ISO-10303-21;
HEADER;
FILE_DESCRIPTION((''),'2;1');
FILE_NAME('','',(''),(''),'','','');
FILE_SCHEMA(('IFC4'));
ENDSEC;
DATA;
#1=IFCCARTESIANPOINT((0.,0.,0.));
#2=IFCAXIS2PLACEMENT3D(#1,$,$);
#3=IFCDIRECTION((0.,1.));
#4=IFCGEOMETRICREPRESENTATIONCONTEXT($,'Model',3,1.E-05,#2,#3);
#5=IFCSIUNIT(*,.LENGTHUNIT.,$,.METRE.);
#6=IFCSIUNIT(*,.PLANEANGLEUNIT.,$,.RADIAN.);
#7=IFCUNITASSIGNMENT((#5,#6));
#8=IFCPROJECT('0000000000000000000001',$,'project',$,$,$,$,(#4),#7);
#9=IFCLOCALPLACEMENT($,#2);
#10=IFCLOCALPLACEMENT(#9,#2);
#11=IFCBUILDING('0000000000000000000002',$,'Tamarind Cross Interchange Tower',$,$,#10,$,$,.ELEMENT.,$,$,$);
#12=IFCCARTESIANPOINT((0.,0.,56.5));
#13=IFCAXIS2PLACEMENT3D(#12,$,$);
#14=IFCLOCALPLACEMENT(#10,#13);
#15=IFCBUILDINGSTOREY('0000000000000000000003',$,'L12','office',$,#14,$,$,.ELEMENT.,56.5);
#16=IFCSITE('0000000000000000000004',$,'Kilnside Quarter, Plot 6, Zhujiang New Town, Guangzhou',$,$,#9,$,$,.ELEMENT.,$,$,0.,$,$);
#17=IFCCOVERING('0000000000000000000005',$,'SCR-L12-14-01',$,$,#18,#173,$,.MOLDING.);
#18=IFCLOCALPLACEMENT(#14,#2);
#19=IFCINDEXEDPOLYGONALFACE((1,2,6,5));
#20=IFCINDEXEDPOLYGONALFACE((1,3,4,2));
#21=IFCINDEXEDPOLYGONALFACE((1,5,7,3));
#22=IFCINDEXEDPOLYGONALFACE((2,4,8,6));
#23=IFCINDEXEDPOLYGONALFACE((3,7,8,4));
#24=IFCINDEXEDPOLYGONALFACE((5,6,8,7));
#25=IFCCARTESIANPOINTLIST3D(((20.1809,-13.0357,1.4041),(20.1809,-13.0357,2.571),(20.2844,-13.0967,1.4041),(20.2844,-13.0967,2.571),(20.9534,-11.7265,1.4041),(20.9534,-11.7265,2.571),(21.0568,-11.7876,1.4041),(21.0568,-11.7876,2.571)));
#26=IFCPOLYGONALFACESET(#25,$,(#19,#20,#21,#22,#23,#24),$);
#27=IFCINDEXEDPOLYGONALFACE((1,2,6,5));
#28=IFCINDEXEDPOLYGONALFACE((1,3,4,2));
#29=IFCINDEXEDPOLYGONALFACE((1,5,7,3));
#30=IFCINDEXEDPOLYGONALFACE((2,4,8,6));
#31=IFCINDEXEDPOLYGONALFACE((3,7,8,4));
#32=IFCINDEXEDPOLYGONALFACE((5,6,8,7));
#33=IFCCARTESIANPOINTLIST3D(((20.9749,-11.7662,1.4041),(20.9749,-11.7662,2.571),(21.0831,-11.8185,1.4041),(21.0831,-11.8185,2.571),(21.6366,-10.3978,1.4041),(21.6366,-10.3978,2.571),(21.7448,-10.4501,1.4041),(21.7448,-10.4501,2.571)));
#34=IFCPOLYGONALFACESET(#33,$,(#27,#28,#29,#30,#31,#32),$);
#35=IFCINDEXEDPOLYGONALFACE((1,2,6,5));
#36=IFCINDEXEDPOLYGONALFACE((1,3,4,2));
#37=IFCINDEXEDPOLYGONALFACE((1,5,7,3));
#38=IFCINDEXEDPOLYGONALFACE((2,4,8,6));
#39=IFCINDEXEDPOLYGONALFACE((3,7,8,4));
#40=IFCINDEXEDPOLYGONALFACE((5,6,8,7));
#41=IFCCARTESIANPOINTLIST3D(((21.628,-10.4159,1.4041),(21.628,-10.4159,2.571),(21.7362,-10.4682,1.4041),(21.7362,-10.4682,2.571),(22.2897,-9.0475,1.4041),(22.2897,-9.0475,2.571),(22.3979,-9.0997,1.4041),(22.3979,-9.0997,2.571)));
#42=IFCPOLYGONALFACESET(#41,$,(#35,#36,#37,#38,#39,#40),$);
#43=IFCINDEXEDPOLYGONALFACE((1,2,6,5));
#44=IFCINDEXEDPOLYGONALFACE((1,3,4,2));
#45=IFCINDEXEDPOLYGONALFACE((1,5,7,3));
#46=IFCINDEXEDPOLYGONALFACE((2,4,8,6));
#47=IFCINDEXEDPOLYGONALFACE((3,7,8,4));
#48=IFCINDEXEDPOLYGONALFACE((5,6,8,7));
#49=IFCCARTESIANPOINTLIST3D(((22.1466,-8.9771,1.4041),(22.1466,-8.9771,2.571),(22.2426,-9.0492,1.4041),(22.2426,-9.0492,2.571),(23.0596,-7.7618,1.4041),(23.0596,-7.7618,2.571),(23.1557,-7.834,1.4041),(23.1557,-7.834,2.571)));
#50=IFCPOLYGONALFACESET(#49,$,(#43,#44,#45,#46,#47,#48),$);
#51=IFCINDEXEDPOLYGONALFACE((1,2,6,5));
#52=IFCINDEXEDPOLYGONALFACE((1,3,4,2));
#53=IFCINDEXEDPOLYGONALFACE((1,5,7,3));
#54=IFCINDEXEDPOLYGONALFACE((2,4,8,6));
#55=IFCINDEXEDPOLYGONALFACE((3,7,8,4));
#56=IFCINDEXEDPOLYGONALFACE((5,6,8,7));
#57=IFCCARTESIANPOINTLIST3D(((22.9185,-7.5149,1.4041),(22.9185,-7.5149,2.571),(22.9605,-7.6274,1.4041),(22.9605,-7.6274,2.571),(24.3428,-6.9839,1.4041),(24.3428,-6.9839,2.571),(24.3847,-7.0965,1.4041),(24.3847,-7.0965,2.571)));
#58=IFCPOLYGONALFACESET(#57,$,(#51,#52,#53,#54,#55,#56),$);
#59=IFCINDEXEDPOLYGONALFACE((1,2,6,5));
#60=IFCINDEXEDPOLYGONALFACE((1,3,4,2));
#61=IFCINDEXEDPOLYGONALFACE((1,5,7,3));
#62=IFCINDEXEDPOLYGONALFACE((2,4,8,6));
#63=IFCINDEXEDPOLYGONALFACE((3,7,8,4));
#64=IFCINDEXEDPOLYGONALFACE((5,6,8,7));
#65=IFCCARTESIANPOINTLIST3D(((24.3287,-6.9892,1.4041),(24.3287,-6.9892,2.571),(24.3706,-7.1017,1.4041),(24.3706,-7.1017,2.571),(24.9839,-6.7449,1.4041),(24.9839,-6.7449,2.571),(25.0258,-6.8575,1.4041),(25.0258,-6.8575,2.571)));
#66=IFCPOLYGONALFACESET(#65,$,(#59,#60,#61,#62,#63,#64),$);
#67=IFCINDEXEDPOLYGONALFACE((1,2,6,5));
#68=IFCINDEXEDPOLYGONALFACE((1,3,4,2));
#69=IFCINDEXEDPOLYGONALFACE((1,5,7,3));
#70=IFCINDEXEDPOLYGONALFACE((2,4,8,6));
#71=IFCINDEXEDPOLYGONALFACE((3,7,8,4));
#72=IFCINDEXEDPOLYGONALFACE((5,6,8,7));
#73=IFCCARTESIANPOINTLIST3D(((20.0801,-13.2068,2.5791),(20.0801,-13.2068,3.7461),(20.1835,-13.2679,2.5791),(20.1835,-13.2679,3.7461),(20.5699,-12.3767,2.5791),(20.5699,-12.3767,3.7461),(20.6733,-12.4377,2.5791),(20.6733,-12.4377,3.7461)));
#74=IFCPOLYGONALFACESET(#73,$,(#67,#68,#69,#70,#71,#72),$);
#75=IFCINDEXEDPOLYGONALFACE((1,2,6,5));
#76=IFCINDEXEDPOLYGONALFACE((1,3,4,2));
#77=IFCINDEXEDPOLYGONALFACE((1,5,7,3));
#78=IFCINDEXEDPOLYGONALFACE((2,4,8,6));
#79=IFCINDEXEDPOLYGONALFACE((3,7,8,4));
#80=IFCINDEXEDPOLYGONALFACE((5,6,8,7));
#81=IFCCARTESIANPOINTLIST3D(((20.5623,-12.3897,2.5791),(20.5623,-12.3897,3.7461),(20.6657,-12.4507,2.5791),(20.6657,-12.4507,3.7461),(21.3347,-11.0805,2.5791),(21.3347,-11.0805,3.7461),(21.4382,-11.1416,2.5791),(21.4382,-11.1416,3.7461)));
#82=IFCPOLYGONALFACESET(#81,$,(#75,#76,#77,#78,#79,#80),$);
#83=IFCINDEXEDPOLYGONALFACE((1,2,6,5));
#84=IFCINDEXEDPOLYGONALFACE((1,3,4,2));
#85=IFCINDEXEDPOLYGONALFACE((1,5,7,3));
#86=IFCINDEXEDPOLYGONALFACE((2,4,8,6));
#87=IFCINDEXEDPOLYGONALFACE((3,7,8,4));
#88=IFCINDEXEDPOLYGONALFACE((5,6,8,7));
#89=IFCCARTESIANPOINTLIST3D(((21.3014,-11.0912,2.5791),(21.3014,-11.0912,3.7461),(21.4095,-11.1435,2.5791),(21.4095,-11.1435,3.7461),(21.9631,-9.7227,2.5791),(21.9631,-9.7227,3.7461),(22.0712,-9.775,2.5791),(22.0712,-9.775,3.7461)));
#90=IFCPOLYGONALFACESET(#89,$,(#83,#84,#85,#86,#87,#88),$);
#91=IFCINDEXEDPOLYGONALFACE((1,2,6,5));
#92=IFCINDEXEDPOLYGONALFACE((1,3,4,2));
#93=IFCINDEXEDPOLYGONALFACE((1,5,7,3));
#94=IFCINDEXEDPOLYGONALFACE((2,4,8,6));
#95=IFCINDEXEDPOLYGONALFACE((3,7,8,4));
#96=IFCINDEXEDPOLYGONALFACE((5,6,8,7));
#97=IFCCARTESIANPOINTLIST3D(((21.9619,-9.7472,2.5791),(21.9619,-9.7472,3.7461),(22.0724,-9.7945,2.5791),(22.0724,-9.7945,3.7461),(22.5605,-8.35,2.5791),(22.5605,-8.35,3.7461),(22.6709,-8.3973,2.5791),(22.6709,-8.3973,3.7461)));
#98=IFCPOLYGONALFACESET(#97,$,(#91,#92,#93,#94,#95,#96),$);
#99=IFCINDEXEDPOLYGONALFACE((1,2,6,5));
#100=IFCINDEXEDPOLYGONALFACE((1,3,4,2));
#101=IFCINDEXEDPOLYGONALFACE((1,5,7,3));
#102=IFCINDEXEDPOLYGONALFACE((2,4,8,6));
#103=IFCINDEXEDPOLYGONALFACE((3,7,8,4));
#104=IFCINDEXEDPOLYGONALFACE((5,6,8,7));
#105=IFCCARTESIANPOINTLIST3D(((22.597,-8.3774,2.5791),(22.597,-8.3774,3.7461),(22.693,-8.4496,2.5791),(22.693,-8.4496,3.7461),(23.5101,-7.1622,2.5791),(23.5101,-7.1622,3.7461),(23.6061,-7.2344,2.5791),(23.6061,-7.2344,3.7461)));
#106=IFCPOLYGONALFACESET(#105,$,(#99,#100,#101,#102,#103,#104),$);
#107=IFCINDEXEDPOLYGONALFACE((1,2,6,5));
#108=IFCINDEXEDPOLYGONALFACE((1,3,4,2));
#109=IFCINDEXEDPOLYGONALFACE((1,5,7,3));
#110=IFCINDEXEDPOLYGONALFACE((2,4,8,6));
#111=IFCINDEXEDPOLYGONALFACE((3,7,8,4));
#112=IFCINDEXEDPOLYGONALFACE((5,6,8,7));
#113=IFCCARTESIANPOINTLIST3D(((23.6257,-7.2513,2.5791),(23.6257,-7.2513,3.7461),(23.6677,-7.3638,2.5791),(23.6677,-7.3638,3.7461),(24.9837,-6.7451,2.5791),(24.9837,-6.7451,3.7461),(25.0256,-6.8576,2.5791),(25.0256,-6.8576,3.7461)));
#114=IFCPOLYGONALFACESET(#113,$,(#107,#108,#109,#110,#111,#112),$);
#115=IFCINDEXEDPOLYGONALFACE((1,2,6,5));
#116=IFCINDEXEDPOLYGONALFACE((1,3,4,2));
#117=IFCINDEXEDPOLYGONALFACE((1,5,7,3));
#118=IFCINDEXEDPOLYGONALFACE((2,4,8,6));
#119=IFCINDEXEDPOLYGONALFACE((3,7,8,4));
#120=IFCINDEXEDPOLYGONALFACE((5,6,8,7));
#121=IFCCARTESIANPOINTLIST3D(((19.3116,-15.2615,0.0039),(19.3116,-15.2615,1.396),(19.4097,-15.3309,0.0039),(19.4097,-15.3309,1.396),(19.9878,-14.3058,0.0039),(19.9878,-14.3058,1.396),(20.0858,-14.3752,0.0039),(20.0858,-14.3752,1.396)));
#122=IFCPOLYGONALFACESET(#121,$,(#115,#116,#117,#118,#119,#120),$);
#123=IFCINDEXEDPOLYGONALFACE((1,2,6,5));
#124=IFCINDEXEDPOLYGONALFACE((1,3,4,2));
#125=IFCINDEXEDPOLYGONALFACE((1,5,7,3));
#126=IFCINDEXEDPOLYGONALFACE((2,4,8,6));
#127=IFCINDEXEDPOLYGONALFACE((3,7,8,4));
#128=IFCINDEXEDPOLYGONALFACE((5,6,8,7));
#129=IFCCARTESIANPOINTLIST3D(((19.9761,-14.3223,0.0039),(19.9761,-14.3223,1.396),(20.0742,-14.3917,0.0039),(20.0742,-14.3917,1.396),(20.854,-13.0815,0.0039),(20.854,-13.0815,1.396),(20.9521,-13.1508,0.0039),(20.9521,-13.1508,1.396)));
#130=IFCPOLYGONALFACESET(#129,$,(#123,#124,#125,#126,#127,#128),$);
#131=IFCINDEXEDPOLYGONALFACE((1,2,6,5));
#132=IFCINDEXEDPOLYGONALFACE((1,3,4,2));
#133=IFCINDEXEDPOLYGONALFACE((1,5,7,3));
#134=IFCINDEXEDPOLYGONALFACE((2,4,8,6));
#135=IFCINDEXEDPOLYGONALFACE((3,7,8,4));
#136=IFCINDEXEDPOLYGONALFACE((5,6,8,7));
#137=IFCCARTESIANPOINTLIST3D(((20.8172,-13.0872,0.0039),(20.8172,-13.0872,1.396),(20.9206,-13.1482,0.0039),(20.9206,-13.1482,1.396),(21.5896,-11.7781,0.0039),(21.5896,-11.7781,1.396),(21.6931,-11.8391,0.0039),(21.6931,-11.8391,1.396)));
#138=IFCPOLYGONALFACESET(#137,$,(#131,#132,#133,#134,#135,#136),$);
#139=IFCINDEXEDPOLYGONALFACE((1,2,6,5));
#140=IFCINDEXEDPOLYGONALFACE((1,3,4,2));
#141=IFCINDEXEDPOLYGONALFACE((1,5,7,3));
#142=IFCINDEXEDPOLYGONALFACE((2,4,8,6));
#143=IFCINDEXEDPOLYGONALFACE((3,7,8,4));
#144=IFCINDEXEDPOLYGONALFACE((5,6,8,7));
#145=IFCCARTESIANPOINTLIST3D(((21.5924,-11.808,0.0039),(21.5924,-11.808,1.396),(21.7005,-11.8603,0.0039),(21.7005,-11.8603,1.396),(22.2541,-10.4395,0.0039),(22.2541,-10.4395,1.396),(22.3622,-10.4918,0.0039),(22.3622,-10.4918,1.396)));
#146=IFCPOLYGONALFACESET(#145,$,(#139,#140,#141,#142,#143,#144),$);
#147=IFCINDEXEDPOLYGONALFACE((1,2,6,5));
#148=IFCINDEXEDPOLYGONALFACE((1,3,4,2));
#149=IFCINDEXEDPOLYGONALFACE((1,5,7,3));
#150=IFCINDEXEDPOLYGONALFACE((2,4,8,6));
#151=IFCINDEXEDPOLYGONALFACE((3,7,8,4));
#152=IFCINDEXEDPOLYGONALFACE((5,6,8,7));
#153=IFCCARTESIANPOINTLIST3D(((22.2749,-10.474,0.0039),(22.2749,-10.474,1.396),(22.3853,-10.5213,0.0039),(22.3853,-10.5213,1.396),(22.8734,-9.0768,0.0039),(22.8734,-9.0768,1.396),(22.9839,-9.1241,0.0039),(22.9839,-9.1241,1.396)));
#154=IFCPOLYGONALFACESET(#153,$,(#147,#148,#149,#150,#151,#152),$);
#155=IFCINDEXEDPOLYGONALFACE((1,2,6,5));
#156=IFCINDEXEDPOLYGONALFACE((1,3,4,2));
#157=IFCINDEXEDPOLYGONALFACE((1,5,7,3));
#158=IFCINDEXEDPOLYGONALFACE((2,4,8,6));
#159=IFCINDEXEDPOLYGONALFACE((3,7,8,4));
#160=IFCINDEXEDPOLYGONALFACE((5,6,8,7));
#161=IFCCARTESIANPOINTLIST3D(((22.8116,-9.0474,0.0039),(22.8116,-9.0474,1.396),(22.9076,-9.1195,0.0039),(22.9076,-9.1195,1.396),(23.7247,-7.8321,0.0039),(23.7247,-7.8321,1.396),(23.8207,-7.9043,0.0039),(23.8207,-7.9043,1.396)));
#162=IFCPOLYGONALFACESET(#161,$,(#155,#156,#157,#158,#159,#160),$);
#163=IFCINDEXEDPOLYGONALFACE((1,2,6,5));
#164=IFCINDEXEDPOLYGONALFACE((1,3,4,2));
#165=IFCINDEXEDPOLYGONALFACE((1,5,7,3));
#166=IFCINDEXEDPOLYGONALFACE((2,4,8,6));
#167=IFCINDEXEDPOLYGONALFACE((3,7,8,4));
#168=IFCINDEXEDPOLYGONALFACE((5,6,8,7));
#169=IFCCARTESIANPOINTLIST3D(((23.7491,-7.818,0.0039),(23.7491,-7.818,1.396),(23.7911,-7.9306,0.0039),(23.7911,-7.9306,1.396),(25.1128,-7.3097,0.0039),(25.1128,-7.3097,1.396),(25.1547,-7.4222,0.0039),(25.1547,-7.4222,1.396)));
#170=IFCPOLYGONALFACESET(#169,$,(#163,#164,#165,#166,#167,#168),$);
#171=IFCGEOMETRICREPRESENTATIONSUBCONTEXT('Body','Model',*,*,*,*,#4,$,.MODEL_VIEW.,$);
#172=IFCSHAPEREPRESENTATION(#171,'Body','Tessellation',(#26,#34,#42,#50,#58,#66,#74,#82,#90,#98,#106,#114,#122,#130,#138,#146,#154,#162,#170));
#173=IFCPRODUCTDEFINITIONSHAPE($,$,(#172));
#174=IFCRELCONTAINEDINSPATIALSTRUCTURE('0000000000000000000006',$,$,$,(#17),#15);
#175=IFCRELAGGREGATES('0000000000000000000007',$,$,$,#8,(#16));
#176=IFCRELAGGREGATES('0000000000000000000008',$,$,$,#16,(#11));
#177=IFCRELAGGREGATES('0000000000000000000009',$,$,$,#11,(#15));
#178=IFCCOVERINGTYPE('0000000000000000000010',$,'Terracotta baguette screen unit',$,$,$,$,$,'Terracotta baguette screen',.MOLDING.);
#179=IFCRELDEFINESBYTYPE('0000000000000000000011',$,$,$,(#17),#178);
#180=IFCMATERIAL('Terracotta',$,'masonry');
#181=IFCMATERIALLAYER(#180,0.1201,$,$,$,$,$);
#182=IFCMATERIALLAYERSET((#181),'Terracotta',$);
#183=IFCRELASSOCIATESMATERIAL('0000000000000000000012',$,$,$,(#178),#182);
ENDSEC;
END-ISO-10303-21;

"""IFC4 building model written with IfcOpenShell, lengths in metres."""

from ifc_helpers import new_model, si_unit, direction, frame, origin, origin_2d, place, context, subcontext, project, spatial, rectangle, extrude, material, layer, layer_set, type_object, element, save


model = new_model("IFC4")

# Units and contexts
model_context = context("Model", 3, precision=1e-05, world=origin(), true_north=direction((0.0, 1.0)))
body_context = subcontext(model_context, "Body", "Model", "MODEL_VIEW")
ifc_project = project(units=[si_unit("LENGTHUNIT", "METRE"), si_unit("PLANEANGLEUNIT", "RADIAN")], contexts=[model_context])

# Site, building, storey
site_placement = place(None, origin())
site = spatial("IfcSite", under=ifc_project, at=site_placement, Name="Kilnside Quarter, Plot 6, Zhujiang New Town, Guangzhou", CompositionType="ELEMENT", RefElevation=0.0)
building_placement = place(site_placement, origin())
building = spatial("IfcBuilding", under=site, at=building_placement, Name="Tamarind Cross Interchange Tower", CompositionType="ELEMENT")
storey_placement = place(building_placement, frame((0.0, 0.0, 56.5)))
storey = spatial("IfcBuildingStorey", under=building, at=storey_placement, Name="L12", Description="office", CompositionType="ELEMENT", Elevation=56.5)

# Covering
ifc_material_1 = material(Name="Terracotta", Category="masonry")
ifc_layer_1 = layer(ifc_material_1, 0.1201)
ifc_layer_set_1 = layer_set([ifc_layer_1], Name="Terracotta")
covering_type = type_object("IfcCoveringType", Name="Terracotta baguette screen unit", ElementType="Terracotta baguette screen", PredefinedType="MOLDING", material=ifc_layer_set_1)
covering_1_placement = place(storey_placement, origin())
element("IfcCovering", 1, at=covering_1_placement, inside=storey, type_object=covering_type, Name="SCR-L12-14-01", PredefinedType="MOLDING", context=body_context, shape_type="SweptSolid", body=[
    extrude(rectangle(XDim=1.52, YDim=0.1201, at=origin_2d()), frame((20.6189, -12.4116, 1.4041), z_axis=(0.0, 0.0, 1.0), x_axis=(0.508183, 0.861249, 0.0)), (0.0, 0.0, 1.0), 1.167),
    extrude(rectangle(XDim=1.52, YDim=0.1201, at=origin_2d()), frame((21.3599, -11.1082, 1.4041), z_axis=(0.0, 0.0, 1.0), x_axis=(0.435326, 0.900273, 0.0)), (0.0, 0.0, 1.0), 1.167),
    extrude(rectangle(XDim=1.52, YDim=0.1201, at=origin_2d()), frame((22.0129, -9.7578, 1.4041), z_axis=(0.0, 0.0, 1.0), x_axis=(0.435326, 0.900273, 0.0)), (0.0, 0.0, 1.0), 1.167),
    extrude(rectangle(XDim=1.52, YDim=0.1201, at=origin_2d()), frame((22.6511, -8.4055, 1.4041), z_axis=(0.0, 0.0, 1.0), x_axis=(0.600694, 0.799479, 0.0)), (0.0, 0.0, 1.0), 1.167),
    extrude(rectangle(XDim=1.52, YDim=0.1201, at=origin_2d()), frame((23.6516, -7.3057, 1.4041), z_axis=(0.0, 0.0, 1.0), x_axis=(0.937012, 0.349297, 0.0)), (0.0, 0.0, 1.0), 1.167),
    extrude(rectangle(XDim=0.6992, YDim=0.1201, at=origin_2d()), frame((24.6772, -6.9233, 1.4041), z_axis=(0.0, 0.0, 1.0), x_axis=(0.937012, 0.349297, 0.0)), (0.0, 0.0, 1.0), 1.167),
    extrude(rectangle(XDim=0.9639, YDim=0.1201, at=origin_2d()), frame((20.3767, -12.8223, 2.5791), z_axis=(0.0, 0.0, 1.0), x_axis=(0.508183, 0.861249, 0.0)), (0.0, 0.0, 1.0), 1.167),
    extrude(rectangle(XDim=1.52, YDim=0.1201, at=origin_2d()), frame((21.0002, -11.7656, 2.5791), z_axis=(0.0, 0.0, 1.0), x_axis=(0.508183, 0.861249, 0.0)), (0.0, 0.0, 1.0), 1.167),
    extrude(rectangle(XDim=1.52, YDim=0.1201, at=origin_2d()), frame((21.6863, -10.4331, 2.5791), z_axis=(0.0, 0.0, 1.0), x_axis=(0.435326, 0.900273, 0.0)), (0.0, 0.0, 1.0), 1.167),
    extrude(rectangle(XDim=1.52, YDim=0.1201, at=origin_2d()), frame((22.3164, -9.0723, 2.5791), z_axis=(0.0, 0.0, 1.0), x_axis=(0.393749, 0.919218, 0.0)), (0.0, 0.0, 1.0), 1.167),
    extrude(rectangle(XDim=1.52, YDim=0.1201, at=origin_2d()), frame((23.1016, -7.8059, 2.5791), z_axis=(0.0, 0.0, 1.0), x_axis=(0.600694, 0.799479, 0.0)), (0.0, 0.0, 1.0), 1.167),
    extrude(rectangle(XDim=1.4492, YDim=0.1201, at=origin_2d()), frame((24.3257, -7.0544, 2.5791), z_axis=(0.0, 0.0, 1.0), x_axis=(0.937012, 0.349297, 0.0)), (0.0, 0.0, 1.0), 1.167),
    extrude(rectangle(XDim=1.1707, YDim=0.1201, at=origin_2d()), frame((19.6987, -14.8184, 0.0039), z_axis=(0.0, 0.0, 1.0), x_axis=(0.577569, 0.816342, 0.0)), (0.0, 0.0, 1.0), 1.3921),
    extrude(rectangle(XDim=1.52, YDim=0.1201, at=origin_2d()), frame((20.4641, -13.7366, 0.0039), z_axis=(0.0, 0.0, 1.0), x_axis=(0.577569, 0.816342, 0.0)), (0.0, 0.0, 1.0), 1.3921),
    extrude(rectangle(XDim=1.52, YDim=0.1201, at=origin_2d()), frame((21.2551, -12.4631, 0.0039), z_axis=(0.0, 0.0, 1.0), x_axis=(0.508183, 0.861249, 0.0)), (0.0, 0.0, 1.0), 1.3921),
    extrude(rectangle(XDim=1.52, YDim=0.1201, at=origin_2d()), frame((21.9773, -11.1499, 0.0039), z_axis=(0.0, 0.0, 1.0), x_axis=(0.435326, 0.900273, 0.0)), (0.0, 0.0, 1.0), 1.3921),
    extrude(rectangle(XDim=1.52, YDim=0.1201, at=origin_2d()), frame((22.6294, -9.7991, 0.0039), z_axis=(0.0, 0.0, 1.0), x_axis=(0.393749, 0.919218, 0.0)), (0.0, 0.0, 1.0), 1.3921),
    extrude(rectangle(XDim=1.52, YDim=0.1201, at=origin_2d()), frame((23.3162, -8.4758, 0.0039), z_axis=(0.0, 0.0, 1.0), x_axis=(0.600694, 0.799479, 0.0)), (0.0, 0.0, 1.0), 1.3921),
    extrude(rectangle(XDim=1.4553, YDim=0.1201, at=origin_2d()), frame((24.4519, -7.6201, 0.0039), z_axis=(0.0, 0.0, 1.0), x_axis=(0.937012, 0.349297, 0.0)), (0.0, 0.0, 1.0), 1.3921),
])

save(model, "model.ifc")
